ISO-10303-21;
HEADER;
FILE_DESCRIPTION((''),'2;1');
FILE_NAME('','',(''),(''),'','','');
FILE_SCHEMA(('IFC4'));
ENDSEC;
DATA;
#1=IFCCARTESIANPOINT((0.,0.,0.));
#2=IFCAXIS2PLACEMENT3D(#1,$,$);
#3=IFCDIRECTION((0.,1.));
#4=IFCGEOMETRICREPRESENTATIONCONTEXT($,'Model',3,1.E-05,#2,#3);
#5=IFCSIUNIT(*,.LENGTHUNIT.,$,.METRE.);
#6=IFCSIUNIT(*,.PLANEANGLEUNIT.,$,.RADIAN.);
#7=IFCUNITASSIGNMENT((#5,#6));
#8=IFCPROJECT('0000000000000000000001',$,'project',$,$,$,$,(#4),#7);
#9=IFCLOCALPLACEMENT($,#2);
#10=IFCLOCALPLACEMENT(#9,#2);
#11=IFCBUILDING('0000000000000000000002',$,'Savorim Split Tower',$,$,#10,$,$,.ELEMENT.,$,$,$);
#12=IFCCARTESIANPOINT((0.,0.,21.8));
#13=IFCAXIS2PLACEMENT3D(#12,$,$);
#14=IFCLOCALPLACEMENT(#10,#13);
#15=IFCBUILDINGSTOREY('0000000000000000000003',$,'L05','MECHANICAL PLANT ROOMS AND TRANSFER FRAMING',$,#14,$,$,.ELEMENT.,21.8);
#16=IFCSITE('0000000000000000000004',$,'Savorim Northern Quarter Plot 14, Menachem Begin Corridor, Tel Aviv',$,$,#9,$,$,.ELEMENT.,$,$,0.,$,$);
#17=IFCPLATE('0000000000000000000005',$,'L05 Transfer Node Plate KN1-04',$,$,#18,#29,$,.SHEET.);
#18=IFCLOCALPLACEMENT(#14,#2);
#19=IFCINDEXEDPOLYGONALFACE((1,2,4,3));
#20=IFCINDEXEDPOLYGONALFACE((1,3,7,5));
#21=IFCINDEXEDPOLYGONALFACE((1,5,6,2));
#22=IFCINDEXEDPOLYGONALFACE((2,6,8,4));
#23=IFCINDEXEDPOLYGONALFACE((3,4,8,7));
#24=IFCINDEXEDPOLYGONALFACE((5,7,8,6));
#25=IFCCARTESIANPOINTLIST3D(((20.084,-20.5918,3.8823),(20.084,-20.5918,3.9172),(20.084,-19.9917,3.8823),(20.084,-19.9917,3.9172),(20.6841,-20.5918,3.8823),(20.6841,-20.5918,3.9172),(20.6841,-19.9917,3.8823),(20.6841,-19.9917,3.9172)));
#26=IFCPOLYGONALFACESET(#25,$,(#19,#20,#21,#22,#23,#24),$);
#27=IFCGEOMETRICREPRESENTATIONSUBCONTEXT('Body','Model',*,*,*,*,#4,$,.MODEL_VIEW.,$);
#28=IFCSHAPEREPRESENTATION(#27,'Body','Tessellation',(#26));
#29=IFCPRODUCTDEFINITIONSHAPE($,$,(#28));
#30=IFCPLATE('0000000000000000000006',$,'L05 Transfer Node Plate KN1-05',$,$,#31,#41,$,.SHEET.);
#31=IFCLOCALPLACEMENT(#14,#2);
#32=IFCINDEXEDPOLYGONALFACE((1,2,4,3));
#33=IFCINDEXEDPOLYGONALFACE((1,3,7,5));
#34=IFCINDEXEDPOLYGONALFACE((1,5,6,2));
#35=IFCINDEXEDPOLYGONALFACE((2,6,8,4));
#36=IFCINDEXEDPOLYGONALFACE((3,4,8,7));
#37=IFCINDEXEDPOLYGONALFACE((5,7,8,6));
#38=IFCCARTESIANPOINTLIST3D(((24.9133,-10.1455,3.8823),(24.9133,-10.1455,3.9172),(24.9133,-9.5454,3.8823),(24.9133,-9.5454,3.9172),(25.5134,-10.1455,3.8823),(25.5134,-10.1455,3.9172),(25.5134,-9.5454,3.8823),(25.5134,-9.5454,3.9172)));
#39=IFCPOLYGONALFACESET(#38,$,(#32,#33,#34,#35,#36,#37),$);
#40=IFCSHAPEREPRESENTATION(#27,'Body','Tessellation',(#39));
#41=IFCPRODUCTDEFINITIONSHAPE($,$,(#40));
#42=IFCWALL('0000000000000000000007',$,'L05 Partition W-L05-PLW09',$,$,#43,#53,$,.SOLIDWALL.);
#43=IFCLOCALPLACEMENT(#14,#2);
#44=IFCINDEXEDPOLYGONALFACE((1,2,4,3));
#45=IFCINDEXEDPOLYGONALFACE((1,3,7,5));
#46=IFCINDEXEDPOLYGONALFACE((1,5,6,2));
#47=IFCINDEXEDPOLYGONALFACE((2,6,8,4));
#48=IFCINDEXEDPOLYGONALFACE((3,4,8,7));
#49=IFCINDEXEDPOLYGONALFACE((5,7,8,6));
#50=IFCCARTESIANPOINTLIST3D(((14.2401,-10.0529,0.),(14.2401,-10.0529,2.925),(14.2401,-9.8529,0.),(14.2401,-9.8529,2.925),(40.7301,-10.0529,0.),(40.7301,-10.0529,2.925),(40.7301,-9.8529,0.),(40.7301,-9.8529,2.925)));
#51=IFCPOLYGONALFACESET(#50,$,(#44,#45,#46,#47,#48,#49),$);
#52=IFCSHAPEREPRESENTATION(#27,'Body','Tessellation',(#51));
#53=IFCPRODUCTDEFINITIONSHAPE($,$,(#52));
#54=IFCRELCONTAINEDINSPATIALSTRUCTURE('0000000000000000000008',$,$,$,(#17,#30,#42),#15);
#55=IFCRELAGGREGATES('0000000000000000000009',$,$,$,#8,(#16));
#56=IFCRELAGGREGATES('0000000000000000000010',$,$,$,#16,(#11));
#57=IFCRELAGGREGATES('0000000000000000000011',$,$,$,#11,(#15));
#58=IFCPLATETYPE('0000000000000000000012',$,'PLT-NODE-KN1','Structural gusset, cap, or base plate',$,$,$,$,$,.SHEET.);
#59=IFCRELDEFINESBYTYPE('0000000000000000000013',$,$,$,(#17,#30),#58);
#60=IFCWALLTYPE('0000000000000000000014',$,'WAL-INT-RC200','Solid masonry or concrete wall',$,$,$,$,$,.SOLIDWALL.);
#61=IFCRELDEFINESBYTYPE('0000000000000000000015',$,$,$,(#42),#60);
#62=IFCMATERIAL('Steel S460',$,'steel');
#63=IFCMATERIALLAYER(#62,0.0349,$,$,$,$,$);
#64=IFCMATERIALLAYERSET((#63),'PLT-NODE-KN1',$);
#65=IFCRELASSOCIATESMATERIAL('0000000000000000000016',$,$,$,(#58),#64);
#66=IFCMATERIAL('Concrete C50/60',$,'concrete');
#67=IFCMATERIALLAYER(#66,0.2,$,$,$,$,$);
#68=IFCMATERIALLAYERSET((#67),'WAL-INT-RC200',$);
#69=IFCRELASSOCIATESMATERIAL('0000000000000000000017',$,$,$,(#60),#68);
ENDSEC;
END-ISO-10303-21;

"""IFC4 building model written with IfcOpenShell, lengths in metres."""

from ifc_helpers import new_model, si_unit, direction, frame, frame_2d, origin, origin_2d, place, context, subcontext, project, spatial, rectangle, extrude, material, layer, layer_set, type_object, element, save


model = new_model("IFC4")

# Units and contexts
model_context = context("Model", 3, precision=1e-05, world=origin(), true_north=direction((0.0, 1.0)))
body_context = subcontext(model_context, "Body", "Model", "MODEL_VIEW")
ifc_project = project(units=[si_unit("LENGTHUNIT", "METRE"), si_unit("PLANEANGLEUNIT", "RADIAN")], contexts=[model_context])

# Site, building, storey
site_placement = place(None, origin())
site = spatial("IfcSite", under=ifc_project, at=site_placement, Name="Savorim Northern Quarter Plot 14, Menachem Begin Corridor, Tel Aviv", CompositionType="ELEMENT", RefElevation=0.0)
building_placement = place(site_placement, origin())
building = spatial("IfcBuilding", under=site, at=building_placement, Name="Savorim Split Tower", CompositionType="ELEMENT")
storey_placement = place(building_placement, frame((0.0, 0.0, 21.8)))
storey = spatial("IfcBuildingStorey", under=building, at=storey_placement, Name="L05", Description="MECHANICAL PLANT ROOMS AND TRANSFER FRAMING", CompositionType="ELEMENT", Elevation=21.8)

# Shared definitions
ifc_material_1 = material(Name="Steel S460", Category="steel")

# Plates
ifc_layer_1 = layer(ifc_material_1, 0.0349)
ifc_layer_set_1 = layer_set([ifc_layer_1], Name="PLT-NODE-KN1")
plate_type_1 = type_object("IfcPlateType", Name="PLT-NODE-KN1", Description="Structural gusset, cap, or base plate", PredefinedType="SHEET", material=ifc_layer_set_1)
for number, where, z_axis, x_axis, name in (
    (1, (20.384, -20.2917, 3.8823), (0.0, 0.0, 1.0), (1.0, 0.0, 0.0), "L05 Transfer Node Plate KN1-04"),
    (2, (25.2134, -9.8455, 3.8823), (0.0, 0.0, 1.0), (1.0, 0.0, 0.0), "L05 Transfer Node Plate KN1-05"),
):
    element("IfcPlate", number, at=place(storey_placement, frame(where, z_axis=z_axis, x_axis=x_axis)), inside=storey, type_object=plate_type_1, Name=name, PredefinedType="SHEET", context=body_context, shape_type="SweptSolid", body=[
        extrude(rectangle(XDim=0.6001, YDim=0.6001, at=origin_2d()), origin(), (0.0, 0.0, 1.0), 0.0349),
    ])

# Wall
ifc_material_2 = material(Name="Concrete C50/60", Category="concrete")
ifc_layer_2 = layer(ifc_material_2, 0.2)
ifc_layer_set_2 = layer_set([ifc_layer_2], Name="WAL-INT-RC200")
wall_type = type_object("IfcWallType", Name="WAL-INT-RC200", Description="Solid masonry or concrete wall", PredefinedType="SOLIDWALL", material=ifc_layer_set_2)
wall_placement = place(storey_placement, frame((14.24, -9.9529, 0.0), z_axis=(0.0, 0.0, 1.0), x_axis=(1.0, 0.0, 0.0)))
element("IfcWall", 3, at=wall_placement, inside=storey, type_object=wall_type, Name="L05 Partition W-L05-PLW09", PredefinedType="SOLIDWALL", context=body_context, shape_type="SweptSolid", body=[
    extrude(rectangle(XDim=26.49, YDim=0.2, at=frame_2d((13.2451, 0.0))), origin(), (0.0, 0.0, 1.0), 2.925),
])

save(model, "model.ifc")
